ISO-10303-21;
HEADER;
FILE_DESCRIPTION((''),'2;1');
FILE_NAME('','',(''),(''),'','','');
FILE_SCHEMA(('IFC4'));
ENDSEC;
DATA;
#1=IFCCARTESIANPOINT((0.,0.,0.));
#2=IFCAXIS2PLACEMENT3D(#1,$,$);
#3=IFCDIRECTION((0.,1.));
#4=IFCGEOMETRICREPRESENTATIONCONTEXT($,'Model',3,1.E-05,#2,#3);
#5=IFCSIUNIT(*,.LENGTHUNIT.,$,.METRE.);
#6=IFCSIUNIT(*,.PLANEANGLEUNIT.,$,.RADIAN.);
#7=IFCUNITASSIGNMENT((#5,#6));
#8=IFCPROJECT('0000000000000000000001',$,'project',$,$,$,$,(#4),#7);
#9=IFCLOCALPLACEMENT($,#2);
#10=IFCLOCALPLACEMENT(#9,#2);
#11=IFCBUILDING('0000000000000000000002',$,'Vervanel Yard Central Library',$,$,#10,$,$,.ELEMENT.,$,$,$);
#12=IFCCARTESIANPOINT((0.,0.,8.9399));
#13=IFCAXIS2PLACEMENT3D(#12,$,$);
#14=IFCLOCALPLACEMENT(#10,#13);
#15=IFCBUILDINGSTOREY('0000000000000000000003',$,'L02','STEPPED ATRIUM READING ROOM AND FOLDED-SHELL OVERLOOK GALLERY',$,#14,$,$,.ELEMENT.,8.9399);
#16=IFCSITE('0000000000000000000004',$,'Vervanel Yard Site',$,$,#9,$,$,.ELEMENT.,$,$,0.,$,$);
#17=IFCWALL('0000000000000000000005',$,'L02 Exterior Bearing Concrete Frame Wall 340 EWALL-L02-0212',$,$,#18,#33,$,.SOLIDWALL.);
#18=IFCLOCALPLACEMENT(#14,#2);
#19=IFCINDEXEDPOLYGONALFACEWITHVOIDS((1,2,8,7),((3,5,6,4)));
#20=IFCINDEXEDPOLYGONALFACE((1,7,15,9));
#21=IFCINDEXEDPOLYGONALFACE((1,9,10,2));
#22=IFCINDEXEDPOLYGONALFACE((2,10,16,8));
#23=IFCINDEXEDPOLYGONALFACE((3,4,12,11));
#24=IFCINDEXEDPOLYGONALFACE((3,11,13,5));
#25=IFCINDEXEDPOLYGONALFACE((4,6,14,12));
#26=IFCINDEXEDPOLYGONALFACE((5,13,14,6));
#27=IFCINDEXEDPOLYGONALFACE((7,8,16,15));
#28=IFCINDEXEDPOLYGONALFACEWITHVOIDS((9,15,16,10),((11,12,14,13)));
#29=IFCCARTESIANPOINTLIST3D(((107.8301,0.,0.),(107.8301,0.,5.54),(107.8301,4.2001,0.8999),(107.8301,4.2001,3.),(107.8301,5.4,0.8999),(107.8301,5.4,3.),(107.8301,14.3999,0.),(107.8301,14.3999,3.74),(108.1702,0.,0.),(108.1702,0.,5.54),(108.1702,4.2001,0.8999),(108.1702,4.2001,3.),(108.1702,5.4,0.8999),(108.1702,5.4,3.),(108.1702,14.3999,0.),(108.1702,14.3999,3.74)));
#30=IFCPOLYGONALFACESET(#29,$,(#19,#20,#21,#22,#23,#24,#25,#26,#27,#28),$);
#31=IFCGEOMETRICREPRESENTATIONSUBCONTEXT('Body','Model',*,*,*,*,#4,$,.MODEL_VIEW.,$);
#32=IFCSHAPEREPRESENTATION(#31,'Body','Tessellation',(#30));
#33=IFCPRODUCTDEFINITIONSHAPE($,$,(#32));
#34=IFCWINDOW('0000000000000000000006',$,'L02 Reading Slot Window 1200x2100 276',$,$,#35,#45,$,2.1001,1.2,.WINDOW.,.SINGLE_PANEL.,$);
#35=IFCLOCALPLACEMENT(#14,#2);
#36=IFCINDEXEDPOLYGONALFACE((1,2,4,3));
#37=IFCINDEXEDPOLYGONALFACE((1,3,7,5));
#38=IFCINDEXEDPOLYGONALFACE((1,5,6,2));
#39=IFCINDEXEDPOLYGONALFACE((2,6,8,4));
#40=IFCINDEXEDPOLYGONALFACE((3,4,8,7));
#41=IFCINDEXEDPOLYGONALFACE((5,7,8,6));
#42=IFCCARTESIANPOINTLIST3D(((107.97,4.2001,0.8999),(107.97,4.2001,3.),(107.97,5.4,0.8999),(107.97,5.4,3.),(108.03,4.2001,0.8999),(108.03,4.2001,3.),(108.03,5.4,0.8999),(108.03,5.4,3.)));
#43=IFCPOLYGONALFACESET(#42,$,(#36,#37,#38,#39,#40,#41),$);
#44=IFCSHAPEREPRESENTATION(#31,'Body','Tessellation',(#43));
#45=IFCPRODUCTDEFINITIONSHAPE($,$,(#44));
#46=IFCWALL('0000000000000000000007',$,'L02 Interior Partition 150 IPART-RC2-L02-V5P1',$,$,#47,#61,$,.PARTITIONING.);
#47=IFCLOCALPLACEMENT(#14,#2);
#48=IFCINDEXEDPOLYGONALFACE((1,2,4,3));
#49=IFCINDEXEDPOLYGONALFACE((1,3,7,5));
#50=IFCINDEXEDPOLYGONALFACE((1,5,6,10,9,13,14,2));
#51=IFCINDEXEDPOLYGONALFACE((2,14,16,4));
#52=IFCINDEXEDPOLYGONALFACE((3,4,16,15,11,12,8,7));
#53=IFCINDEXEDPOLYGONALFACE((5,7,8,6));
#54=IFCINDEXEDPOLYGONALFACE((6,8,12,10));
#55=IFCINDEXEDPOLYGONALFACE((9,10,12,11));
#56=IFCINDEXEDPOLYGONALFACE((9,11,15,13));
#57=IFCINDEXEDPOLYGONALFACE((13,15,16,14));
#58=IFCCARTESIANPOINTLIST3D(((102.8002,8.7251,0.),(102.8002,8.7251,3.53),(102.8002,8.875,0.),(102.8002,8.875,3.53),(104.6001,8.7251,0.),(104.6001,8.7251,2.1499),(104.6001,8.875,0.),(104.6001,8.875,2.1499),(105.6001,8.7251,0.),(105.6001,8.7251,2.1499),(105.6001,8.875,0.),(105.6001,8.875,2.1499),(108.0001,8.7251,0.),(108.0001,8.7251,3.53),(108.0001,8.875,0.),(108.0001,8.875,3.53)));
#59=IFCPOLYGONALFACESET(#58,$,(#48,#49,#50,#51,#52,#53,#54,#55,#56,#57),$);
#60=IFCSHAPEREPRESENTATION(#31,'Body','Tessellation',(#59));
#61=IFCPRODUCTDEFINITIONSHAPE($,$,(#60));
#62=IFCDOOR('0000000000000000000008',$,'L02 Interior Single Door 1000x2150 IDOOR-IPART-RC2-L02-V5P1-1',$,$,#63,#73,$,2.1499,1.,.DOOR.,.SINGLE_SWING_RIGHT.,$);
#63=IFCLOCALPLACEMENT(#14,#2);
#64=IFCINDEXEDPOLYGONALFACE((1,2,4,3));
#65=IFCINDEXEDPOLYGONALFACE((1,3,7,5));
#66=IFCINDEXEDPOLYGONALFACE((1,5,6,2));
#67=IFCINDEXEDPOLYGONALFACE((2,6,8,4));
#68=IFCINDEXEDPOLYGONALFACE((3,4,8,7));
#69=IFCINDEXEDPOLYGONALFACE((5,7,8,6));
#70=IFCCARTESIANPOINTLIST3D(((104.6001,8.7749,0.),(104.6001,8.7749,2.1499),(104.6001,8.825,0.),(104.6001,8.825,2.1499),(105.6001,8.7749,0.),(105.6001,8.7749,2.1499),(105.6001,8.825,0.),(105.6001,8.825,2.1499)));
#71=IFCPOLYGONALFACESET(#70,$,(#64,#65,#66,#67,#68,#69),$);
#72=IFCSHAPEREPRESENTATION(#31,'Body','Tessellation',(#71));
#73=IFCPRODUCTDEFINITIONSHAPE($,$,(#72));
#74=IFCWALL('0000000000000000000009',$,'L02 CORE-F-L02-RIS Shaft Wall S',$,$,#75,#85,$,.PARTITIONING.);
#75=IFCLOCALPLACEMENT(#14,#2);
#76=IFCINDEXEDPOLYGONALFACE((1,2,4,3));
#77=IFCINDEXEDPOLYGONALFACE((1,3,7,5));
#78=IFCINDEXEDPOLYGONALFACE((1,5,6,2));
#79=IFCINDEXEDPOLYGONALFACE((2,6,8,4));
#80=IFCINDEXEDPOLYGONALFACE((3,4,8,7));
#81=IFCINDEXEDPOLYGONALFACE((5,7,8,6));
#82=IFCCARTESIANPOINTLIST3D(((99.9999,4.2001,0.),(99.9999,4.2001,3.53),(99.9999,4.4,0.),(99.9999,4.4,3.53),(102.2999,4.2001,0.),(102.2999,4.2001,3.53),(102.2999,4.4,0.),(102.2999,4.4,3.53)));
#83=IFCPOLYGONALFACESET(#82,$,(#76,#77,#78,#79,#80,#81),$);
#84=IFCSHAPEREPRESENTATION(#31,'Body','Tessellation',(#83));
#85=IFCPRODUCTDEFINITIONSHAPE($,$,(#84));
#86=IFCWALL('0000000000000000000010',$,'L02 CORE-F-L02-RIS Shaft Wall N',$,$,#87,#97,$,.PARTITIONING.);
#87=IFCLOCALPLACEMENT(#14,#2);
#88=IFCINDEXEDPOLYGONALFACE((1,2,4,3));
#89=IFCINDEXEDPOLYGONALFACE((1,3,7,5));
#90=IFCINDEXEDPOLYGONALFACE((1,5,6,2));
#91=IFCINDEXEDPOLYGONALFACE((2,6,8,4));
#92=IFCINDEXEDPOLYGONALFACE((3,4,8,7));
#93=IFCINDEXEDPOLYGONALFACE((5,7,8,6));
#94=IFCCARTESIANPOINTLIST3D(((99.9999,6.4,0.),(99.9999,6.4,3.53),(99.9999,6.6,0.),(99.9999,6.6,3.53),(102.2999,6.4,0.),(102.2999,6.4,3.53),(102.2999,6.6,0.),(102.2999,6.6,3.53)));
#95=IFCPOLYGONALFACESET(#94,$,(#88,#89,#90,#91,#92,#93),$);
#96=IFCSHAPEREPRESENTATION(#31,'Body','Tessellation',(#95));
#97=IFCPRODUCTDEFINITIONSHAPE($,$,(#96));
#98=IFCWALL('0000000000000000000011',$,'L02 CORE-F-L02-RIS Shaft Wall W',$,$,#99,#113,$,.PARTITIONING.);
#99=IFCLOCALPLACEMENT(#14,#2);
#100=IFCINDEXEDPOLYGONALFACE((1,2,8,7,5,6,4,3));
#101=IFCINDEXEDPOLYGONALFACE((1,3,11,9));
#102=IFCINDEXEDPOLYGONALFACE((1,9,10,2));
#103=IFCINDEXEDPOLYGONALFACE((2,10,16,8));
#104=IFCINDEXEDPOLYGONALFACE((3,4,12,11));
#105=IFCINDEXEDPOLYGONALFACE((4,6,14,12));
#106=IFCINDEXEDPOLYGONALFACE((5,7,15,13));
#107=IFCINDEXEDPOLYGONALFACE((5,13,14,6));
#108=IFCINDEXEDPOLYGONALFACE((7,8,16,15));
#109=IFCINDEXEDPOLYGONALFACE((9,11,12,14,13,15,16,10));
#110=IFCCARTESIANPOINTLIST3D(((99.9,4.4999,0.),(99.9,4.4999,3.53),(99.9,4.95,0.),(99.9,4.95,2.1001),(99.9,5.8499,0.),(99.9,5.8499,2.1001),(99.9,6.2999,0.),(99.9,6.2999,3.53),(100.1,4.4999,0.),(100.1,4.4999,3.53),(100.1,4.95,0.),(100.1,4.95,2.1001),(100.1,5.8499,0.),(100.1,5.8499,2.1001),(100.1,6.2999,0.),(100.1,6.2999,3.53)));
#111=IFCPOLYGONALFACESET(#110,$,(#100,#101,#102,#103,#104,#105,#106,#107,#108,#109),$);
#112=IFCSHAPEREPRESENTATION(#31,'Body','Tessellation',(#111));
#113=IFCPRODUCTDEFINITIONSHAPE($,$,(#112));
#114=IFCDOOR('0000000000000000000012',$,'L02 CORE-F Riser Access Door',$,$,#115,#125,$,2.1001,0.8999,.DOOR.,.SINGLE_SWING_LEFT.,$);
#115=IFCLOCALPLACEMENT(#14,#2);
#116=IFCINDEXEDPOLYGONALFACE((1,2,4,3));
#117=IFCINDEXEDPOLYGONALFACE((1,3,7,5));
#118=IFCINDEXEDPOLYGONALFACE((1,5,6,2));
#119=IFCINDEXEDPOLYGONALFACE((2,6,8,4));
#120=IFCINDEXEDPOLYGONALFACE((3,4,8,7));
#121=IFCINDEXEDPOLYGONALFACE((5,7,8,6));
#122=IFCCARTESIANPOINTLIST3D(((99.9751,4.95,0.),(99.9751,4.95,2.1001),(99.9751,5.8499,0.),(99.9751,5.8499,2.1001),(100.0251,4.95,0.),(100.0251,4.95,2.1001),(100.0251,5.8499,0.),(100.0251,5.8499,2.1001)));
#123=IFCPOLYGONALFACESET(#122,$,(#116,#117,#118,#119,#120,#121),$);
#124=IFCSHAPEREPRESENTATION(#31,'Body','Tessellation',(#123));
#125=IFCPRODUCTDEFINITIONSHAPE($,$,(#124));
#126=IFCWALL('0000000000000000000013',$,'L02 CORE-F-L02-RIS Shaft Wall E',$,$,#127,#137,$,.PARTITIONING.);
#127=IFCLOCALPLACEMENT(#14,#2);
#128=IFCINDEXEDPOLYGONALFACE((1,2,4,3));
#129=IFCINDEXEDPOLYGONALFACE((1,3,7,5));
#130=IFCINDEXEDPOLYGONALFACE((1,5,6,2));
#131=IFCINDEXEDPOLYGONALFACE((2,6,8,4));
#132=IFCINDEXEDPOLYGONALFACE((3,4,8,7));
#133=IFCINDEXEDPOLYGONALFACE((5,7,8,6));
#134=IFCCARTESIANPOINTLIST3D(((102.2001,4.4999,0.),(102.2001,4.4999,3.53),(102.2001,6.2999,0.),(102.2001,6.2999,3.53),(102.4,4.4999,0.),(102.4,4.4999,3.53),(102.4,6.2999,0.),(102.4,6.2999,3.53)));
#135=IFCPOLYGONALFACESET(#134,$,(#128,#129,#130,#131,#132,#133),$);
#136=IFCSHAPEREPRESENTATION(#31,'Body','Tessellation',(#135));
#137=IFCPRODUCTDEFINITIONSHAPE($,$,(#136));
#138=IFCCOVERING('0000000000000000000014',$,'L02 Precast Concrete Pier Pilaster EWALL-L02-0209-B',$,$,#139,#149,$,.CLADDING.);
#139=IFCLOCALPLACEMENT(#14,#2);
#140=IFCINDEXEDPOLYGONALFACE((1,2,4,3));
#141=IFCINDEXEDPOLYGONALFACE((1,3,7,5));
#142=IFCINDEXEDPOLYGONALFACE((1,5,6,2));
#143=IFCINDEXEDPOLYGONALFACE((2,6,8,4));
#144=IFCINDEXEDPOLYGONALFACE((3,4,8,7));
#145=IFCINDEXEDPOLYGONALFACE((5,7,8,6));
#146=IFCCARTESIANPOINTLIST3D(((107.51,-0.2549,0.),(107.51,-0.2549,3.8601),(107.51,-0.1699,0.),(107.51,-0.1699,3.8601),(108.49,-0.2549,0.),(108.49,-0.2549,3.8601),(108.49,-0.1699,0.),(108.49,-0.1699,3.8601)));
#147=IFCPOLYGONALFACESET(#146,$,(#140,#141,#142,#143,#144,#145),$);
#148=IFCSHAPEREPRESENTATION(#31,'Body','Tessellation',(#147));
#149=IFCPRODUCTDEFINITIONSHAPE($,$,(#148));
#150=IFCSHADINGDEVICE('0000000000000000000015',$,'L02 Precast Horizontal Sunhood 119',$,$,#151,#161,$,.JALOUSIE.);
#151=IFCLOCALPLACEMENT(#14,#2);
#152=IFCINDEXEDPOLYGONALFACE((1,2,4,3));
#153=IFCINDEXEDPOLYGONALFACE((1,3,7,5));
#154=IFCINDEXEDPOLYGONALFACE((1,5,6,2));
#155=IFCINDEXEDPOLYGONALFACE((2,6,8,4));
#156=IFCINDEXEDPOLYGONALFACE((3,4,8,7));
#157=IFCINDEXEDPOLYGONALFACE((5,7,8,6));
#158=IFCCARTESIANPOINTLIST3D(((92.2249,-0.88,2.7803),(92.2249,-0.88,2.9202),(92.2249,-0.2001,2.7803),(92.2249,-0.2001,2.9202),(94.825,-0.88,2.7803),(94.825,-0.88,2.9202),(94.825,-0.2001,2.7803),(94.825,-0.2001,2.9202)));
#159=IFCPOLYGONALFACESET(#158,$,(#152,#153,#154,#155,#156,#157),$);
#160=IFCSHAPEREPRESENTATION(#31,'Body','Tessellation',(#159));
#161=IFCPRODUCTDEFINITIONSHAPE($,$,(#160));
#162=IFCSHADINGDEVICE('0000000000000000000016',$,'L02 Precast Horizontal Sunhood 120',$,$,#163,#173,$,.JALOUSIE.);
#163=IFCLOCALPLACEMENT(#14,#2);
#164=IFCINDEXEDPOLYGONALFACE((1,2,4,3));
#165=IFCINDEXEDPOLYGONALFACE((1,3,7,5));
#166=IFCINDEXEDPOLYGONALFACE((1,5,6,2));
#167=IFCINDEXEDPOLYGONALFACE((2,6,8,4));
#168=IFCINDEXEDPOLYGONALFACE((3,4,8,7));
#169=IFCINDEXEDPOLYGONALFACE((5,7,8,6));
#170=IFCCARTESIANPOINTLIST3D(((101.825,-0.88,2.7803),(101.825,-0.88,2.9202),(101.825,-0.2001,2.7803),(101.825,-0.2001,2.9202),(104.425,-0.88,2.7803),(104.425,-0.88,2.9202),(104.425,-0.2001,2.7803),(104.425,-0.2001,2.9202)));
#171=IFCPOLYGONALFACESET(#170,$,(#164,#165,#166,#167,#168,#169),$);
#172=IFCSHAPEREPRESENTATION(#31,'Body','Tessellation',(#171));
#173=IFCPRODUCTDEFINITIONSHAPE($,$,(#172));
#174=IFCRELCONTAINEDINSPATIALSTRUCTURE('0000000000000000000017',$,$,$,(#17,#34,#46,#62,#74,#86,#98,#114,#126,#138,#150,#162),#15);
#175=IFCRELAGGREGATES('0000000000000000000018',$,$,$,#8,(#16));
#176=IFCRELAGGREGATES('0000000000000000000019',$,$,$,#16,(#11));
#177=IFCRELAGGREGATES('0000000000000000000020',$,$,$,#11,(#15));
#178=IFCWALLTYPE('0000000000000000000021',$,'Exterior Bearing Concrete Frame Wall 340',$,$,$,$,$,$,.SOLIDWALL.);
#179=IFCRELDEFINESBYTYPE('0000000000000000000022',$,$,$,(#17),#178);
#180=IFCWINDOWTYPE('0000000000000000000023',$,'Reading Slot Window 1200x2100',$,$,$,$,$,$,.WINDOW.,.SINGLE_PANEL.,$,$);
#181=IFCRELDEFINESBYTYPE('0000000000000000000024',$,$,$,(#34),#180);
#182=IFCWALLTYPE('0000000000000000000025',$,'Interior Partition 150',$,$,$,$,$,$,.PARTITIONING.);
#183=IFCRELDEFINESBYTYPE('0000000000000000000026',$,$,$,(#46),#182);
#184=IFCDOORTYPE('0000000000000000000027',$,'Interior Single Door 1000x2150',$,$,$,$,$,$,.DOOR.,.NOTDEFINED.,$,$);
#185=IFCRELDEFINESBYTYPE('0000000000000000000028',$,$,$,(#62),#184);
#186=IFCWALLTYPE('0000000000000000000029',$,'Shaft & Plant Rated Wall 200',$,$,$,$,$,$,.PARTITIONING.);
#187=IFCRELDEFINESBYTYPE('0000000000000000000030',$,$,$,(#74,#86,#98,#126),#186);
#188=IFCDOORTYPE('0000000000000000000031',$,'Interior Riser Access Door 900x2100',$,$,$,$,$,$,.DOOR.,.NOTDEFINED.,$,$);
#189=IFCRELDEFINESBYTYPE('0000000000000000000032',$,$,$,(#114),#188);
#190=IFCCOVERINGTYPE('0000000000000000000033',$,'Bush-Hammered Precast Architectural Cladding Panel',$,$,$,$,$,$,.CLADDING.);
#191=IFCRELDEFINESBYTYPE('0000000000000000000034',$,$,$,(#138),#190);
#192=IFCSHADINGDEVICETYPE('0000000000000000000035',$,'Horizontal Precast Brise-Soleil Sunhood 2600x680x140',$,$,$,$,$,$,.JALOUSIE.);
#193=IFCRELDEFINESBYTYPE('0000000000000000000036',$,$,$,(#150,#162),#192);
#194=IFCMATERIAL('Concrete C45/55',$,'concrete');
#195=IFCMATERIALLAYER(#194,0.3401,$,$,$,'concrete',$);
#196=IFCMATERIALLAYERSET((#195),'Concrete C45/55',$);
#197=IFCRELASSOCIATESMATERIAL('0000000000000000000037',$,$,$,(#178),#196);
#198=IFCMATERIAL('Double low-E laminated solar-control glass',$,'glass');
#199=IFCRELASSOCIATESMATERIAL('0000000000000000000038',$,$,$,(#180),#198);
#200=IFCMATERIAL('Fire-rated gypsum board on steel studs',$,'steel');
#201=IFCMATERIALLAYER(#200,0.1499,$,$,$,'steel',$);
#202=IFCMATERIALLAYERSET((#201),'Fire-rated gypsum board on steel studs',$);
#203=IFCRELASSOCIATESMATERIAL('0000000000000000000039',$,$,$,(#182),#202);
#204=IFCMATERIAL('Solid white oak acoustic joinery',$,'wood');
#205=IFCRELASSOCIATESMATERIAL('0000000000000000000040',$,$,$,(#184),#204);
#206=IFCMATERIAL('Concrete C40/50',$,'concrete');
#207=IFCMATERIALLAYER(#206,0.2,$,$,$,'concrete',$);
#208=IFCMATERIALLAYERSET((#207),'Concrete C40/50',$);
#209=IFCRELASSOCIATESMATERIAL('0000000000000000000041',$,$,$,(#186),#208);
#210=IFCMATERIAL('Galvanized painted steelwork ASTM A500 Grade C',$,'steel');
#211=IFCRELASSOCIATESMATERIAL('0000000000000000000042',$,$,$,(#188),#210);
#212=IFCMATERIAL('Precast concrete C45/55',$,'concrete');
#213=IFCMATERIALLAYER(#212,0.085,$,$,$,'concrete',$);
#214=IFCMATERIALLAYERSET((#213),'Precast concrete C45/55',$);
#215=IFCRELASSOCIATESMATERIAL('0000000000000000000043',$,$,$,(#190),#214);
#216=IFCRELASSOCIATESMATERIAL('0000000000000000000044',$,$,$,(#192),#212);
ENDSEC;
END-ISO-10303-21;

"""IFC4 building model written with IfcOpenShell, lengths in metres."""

from ifc_helpers import new_model, si_unit, direction, frame, frame_2d, origin, origin_2d, place, context, subcontext, project, spatial, polyline, rectangle, outline, extrude, material, layer, layer_set, type_object, element, fill, save


model = new_model("IFC4")

# Units and contexts
model_context = context("Model", 3, precision=1e-05, world=origin(), true_north=direction((0.0, 1.0)))
body_context = subcontext(model_context, "Body", "Model", "MODEL_VIEW")
ifc_project = project(units=[si_unit("LENGTHUNIT", "METRE"), si_unit("PLANEANGLEUNIT", "RADIAN")], contexts=[model_context])

# Site, building, storey
site_placement = place(None, origin())
site = spatial("IfcSite", under=ifc_project, at=site_placement, Name="Vervanel Yard Site", CompositionType="ELEMENT", RefElevation=0.0)
building_placement = place(site_placement, origin())
building = spatial("IfcBuilding", under=site, at=building_placement, Name="Vervanel Yard Central Library", CompositionType="ELEMENT")
storey_placement = place(building_placement, frame((0.0, 0.0, 8.9399)))
storey = spatial("IfcBuildingStorey", under=building, at=storey_placement, Name="L02", Description="STEPPED ATRIUM READING ROOM AND FOLDED-SHELL OVERLOOK GALLERY", CompositionType="ELEMENT", Elevation=8.9399)

# Shared definitions
ifc_material_1 = material(Name="Concrete C45/55", Category="concrete")
ifc_material_2 = material(Name="Galvanized painted steelwork ASTM A500 Grade C", Category="steel")

# Wall, opening, window
ifc_layer_1 = layer(ifc_material_1, 0.3401, Category="concrete")
ifc_layer_set_1 = layer_set([ifc_layer_1], Name="Concrete C45/55")
wall_type_1 = type_object("IfcWallType", Name="Exterior Bearing Concrete Frame Wall 340", PredefinedType="SOLIDWALL", material=ifc_layer_set_1)
wall_1_placement = place(storey_placement, frame((108.0, 0.0, 0.0), z_axis=(0.0, 0.0, 1.0), x_axis=(0.0, 1.0, 0.0)))
wall_1 = element("IfcWall", 1, at=wall_1_placement, inside=storey, type_object=wall_type_1, Name="L02 Exterior Bearing Concrete Frame Wall 340 EWALL-L02-0212", PredefinedType="SOLIDWALL", context=body_context, shape_type="SweptSolid", body=[
    extrude(outline(polyline([(0.0, 0.0), (14.3999, 0.0), (14.3999, 3.74), (0.0, 5.54), (0.0, 0.0)])), frame((0.0, 0.1699, 0.0), z_axis=(0.0, -1.0, 0.0), x_axis=(1.0, 0.0, 0.0)), (0.0, 0.0, 1.0), 0.3401),
])
opening_1_placement = place(wall_1_placement, frame((4.2, 0.0, 0.8999)))
opening_1 = element("IfcOpeningElement", 2, at=opening_1_placement, cuts=wall_1, PredefinedType="OPENING", context=body_context, shape_type="SweptSolid", body=[
    extrude(rectangle(XDim=1.2, YDim=2.1001, at=frame_2d((0.6001, 1.05))), frame((0.0, 0.1799, 0.0), z_axis=(0.0, -1.0, 0.0), x_axis=(1.0, 0.0, 0.0)), (0.0, 0.0, 1.0), 0.3601),
])
ifc_material_3 = material(Name="Double low-E laminated solar-control glass", Category="glass")
window_type = type_object("IfcWindowType", Name="Reading Slot Window 1200x2100", PartitioningType="SINGLE_PANEL", PredefinedType="WINDOW", material=ifc_material_3)
window_placement = place(opening_1_placement, origin())
window = element("IfcWindow", 3, at=window_placement, inside=storey, type_object=window_type, Name="L02 Reading Slot Window 1200x2100 276", OverallHeight=2.1001, OverallWidth=1.2, PartitioningType="SINGLE_PANEL", PredefinedType="WINDOW", context=body_context, shape_type="SweptSolid", body=[
    extrude(rectangle(XDim=1.2, YDim=2.1001, at=frame_2d((0.6001, 1.05))), frame((0.0, 0.03, 0.0), z_axis=(0.0, -1.0, 0.0), x_axis=(1.0, 0.0, 0.0)), (0.0, 0.0, 1.0), 0.0601),
])
fill(opening_1, window)

# Wall, opening, door
ifc_material_4 = material(Name="Fire-rated gypsum board on steel studs", Category="steel")
ifc_layer_2 = layer(ifc_material_4, 0.1499, Category="steel")
ifc_layer_set_2 = layer_set([ifc_layer_2], Name="Fire-rated gypsum board on steel studs")
wall_type_2 = type_object("IfcWallType", Name="Interior Partition 150", PredefinedType="PARTITIONING", material=ifc_layer_set_2)
wall_2_placement = place(storey_placement, frame((102.8, 8.8, 0.0), z_axis=(0.0, 0.0, 1.0), x_axis=(1.0, 0.0, 0.0)))
wall_2 = element("IfcWall", 4, at=wall_2_placement, inside=storey, type_object=wall_type_2, Name="L02 Interior Partition 150 IPART-RC2-L02-V5P1", PredefinedType="PARTITIONING", context=body_context, shape_type="SweptSolid", body=[
    extrude(rectangle(XDim=5.2, YDim=0.1499, at=frame_2d((2.6001, 0.0))), origin(), (0.0, 0.0, 1.0), 3.53),
])
opening_2_placement = place(wall_2_placement, frame((1.8, 0.0, 0.0)))
opening_2 = element("IfcOpeningElement", 5, at=opening_2_placement, cuts=wall_2, PredefinedType="OPENING", context=body_context, shape_type="SweptSolid", body=[
    extrude(rectangle(XDim=1.0, YDim=2.1499, at=frame_2d((0.5, 1.075))), frame((0.0, 0.085, 0.0), z_axis=(0.0, -1.0, 0.0), x_axis=(1.0, 0.0, 0.0)), (0.0, 0.0, 1.0), 0.1699),
])
ifc_material_5 = material(Name="Solid white oak acoustic joinery", Category="wood")
door_type_1 = type_object("IfcDoorType", Name="Interior Single Door 1000x2150", OperationType="NOTDEFINED", PredefinedType="DOOR", material=ifc_material_5)
door_1_placement = place(opening_2_placement, origin())
door_1 = element("IfcDoor", 6, at=door_1_placement, inside=storey, type_object=door_type_1, Name="L02 Interior Single Door 1000x2150 IDOOR-IPART-RC2-L02-V5P1-1", OperationType="SINGLE_SWING_RIGHT", OverallHeight=2.1499, OverallWidth=1.0, PredefinedType="DOOR", context=body_context, shape_type="SweptSolid", body=[
    extrude(rectangle(XDim=1.0, YDim=2.1499, at=frame_2d((0.5, 1.075))), frame((0.0, 0.0249, 0.0), z_axis=(0.0, -1.0, 0.0), x_axis=(1.0, 0.0, 0.0)), (0.0, 0.0, 1.0), 0.05),
])
fill(opening_2, door_1)

# Walls
ifc_material_6 = material(Name="Concrete C40/50", Category="concrete")
ifc_layer_3 = layer(ifc_material_6, 0.2, Category="concrete")
ifc_layer_set_3 = layer_set([ifc_layer_3], Name="Concrete C40/50")
wall_type_3 = type_object("IfcWallType", Name="Shaft & Plant Rated Wall 200", PredefinedType="PARTITIONING", material=ifc_layer_set_3)
for number, where, z_axis, x_axis, name in (
    (7, (100.0, 4.3, 0.0), (0.0, 0.0, 1.0), (1.0, 0.0, 0.0), "L02 CORE-F-L02-RIS Shaft Wall S"),
    (8, (100.0, 6.5, 0.0), (0.0, 0.0, 1.0), (1.0, 0.0, 0.0), "L02 CORE-F-L02-RIS Shaft Wall N"),
):
    element("IfcWall", number, at=place(storey_placement, frame(where, z_axis=z_axis, x_axis=x_axis)), inside=storey, type_object=wall_type_3, Name=name, PredefinedType="PARTITIONING", context=body_context, shape_type="SweptSolid", body=[
        extrude(rectangle(XDim=2.3, YDim=0.2, at=frame_2d((1.1499, 0.0))), origin(), (0.0, 0.0, 1.0), 3.53),
    ])

# Wall, opening, door
wall_3_placement = place(storey_placement, frame((100.0, 4.5, 0.0), z_axis=(0.0, 0.0, 1.0), x_axis=(0.0, 1.0, 0.0)))
wall_3 = element("IfcWall", 9, at=wall_3_placement, inside=storey, type_object=wall_type_3, Name="L02 CORE-F-L02-RIS Shaft Wall W", PredefinedType="PARTITIONING", context=body_context, shape_type="SweptSolid", body=[
    extrude(rectangle(XDim=1.8, YDim=0.2, at=frame_2d((0.8999, 0.0))), origin(), (0.0, 0.0, 1.0), 3.53),
])
opening_3_placement = place(wall_3_placement, frame((0.45, 0.0, 0.0)))
opening_3 = element("IfcOpeningElement", 10, at=opening_3_placement, cuts=wall_3, PredefinedType="OPENING", context=body_context, shape_type="SweptSolid", body=[
    extrude(rectangle(XDim=0.8999, YDim=2.1001, at=frame_2d((0.45, 1.05))), frame((0.0, 0.1099, 0.0), z_axis=(0.0, -1.0, 0.0), x_axis=(1.0, 0.0, 0.0)), (0.0, 0.0, 1.0), 0.22),
])
door_type_2 = type_object("IfcDoorType", Name="Interior Riser Access Door 900x2100", OperationType="NOTDEFINED", PredefinedType="DOOR", material=ifc_material_2)
door_2_placement = place(opening_3_placement, origin())
door_2 = element("IfcDoor", 11, at=door_2_placement, inside=storey, type_object=door_type_2, Name="L02 CORE-F Riser Access Door", OperationType="SINGLE_SWING_LEFT", OverallHeight=2.1001, OverallWidth=0.8999, PredefinedType="DOOR", context=body_context, shape_type="SweptSolid", body=[
    extrude(rectangle(XDim=0.8999, YDim=2.1001, at=frame_2d((0.45, 1.05))), frame((0.0, 0.0249, 0.0), z_axis=(0.0, -1.0, 0.0), x_axis=(1.0, 0.0, 0.0)), (0.0, 0.0, 1.0), 0.05),
])
fill(opening_3, door_2)

# Wall
wall_4_placement = place(storey_placement, frame((102.3, 4.5, 0.0), z_axis=(0.0, 0.0, 1.0), x_axis=(0.0, 1.0, 0.0)))
element("IfcWall", 12, at=wall_4_placement, inside=storey, type_object=wall_type_3, Name="L02 CORE-F-L02-RIS Shaft Wall E", PredefinedType="PARTITIONING", context=body_context, shape_type="SweptSolid", body=[
    extrude(rectangle(XDim=1.8, YDim=0.2, at=frame_2d((0.8999, 0.0))), origin(), (0.0, 0.0, 1.0), 3.53),
])

# Covering
ifc_material_7 = material(Name="Precast concrete C45/55", Category="concrete")
ifc_layer_4 = layer(ifc_material_7, 0.085, Category="concrete")
ifc_layer_set_4 = layer_set([ifc_layer_4], Name="Precast concrete C45/55")
covering_type = type_object("IfcCoveringType", Name="Bush-Hammered Precast Architectural Cladding Panel", PredefinedType="CLADDING", material=ifc_layer_set_4)
covering_placement = place(storey_placement, frame((108.0, -0.2124, 0.0), z_axis=(0.0, 0.0, 1.0), x_axis=(1.0, 0.0, 0.0)))
element("IfcCovering", 13, at=covering_placement, inside=storey, type_object=covering_type, Name="L02 Precast Concrete Pier Pilaster EWALL-L02-0209-B", PredefinedType="CLADDING", context=body_context, shape_type="SweptSolid", body=[
    extrude(rectangle(XDim=0.98, YDim=0.085, at=origin_2d()), origin(), (0.0, 0.0, 1.0), 3.8601),
])

# Shading devices
shading_device_type_1 = type_object("IfcShadingDeviceType", Name="Horizontal Precast Brise-Soleil Sunhood 2600x680x140", PredefinedType="JALOUSIE", material=ifc_material_7)
for number, where, z_axis, x_axis, name in (
    (14, (93.5249, -0.54, 2.7803), (0.0, 0.0, 1.0), (1.0, 0.0, 0.0), "L02 Precast Horizontal Sunhood 119"),
    (15, (103.125, -0.54, 2.7803), (0.0, 0.0, 1.0), (1.0, 0.0, 0.0), "L02 Precast Horizontal Sunhood 120"),
):
    element("IfcShadingDevice", number, at=place(storey_placement, frame(where, z_axis=z_axis, x_axis=x_axis)), inside=storey, type_object=shading_device_type_1, Name=name, PredefinedType="JALOUSIE", context=body_context, shape_type="SweptSolid", body=[
        extrude(rectangle(XDim=2.6001, YDim=0.6799, at=origin_2d()), origin(), (0.0, 0.0, 1.0), 0.1399),
    ])

save(model, "model.ifc")
